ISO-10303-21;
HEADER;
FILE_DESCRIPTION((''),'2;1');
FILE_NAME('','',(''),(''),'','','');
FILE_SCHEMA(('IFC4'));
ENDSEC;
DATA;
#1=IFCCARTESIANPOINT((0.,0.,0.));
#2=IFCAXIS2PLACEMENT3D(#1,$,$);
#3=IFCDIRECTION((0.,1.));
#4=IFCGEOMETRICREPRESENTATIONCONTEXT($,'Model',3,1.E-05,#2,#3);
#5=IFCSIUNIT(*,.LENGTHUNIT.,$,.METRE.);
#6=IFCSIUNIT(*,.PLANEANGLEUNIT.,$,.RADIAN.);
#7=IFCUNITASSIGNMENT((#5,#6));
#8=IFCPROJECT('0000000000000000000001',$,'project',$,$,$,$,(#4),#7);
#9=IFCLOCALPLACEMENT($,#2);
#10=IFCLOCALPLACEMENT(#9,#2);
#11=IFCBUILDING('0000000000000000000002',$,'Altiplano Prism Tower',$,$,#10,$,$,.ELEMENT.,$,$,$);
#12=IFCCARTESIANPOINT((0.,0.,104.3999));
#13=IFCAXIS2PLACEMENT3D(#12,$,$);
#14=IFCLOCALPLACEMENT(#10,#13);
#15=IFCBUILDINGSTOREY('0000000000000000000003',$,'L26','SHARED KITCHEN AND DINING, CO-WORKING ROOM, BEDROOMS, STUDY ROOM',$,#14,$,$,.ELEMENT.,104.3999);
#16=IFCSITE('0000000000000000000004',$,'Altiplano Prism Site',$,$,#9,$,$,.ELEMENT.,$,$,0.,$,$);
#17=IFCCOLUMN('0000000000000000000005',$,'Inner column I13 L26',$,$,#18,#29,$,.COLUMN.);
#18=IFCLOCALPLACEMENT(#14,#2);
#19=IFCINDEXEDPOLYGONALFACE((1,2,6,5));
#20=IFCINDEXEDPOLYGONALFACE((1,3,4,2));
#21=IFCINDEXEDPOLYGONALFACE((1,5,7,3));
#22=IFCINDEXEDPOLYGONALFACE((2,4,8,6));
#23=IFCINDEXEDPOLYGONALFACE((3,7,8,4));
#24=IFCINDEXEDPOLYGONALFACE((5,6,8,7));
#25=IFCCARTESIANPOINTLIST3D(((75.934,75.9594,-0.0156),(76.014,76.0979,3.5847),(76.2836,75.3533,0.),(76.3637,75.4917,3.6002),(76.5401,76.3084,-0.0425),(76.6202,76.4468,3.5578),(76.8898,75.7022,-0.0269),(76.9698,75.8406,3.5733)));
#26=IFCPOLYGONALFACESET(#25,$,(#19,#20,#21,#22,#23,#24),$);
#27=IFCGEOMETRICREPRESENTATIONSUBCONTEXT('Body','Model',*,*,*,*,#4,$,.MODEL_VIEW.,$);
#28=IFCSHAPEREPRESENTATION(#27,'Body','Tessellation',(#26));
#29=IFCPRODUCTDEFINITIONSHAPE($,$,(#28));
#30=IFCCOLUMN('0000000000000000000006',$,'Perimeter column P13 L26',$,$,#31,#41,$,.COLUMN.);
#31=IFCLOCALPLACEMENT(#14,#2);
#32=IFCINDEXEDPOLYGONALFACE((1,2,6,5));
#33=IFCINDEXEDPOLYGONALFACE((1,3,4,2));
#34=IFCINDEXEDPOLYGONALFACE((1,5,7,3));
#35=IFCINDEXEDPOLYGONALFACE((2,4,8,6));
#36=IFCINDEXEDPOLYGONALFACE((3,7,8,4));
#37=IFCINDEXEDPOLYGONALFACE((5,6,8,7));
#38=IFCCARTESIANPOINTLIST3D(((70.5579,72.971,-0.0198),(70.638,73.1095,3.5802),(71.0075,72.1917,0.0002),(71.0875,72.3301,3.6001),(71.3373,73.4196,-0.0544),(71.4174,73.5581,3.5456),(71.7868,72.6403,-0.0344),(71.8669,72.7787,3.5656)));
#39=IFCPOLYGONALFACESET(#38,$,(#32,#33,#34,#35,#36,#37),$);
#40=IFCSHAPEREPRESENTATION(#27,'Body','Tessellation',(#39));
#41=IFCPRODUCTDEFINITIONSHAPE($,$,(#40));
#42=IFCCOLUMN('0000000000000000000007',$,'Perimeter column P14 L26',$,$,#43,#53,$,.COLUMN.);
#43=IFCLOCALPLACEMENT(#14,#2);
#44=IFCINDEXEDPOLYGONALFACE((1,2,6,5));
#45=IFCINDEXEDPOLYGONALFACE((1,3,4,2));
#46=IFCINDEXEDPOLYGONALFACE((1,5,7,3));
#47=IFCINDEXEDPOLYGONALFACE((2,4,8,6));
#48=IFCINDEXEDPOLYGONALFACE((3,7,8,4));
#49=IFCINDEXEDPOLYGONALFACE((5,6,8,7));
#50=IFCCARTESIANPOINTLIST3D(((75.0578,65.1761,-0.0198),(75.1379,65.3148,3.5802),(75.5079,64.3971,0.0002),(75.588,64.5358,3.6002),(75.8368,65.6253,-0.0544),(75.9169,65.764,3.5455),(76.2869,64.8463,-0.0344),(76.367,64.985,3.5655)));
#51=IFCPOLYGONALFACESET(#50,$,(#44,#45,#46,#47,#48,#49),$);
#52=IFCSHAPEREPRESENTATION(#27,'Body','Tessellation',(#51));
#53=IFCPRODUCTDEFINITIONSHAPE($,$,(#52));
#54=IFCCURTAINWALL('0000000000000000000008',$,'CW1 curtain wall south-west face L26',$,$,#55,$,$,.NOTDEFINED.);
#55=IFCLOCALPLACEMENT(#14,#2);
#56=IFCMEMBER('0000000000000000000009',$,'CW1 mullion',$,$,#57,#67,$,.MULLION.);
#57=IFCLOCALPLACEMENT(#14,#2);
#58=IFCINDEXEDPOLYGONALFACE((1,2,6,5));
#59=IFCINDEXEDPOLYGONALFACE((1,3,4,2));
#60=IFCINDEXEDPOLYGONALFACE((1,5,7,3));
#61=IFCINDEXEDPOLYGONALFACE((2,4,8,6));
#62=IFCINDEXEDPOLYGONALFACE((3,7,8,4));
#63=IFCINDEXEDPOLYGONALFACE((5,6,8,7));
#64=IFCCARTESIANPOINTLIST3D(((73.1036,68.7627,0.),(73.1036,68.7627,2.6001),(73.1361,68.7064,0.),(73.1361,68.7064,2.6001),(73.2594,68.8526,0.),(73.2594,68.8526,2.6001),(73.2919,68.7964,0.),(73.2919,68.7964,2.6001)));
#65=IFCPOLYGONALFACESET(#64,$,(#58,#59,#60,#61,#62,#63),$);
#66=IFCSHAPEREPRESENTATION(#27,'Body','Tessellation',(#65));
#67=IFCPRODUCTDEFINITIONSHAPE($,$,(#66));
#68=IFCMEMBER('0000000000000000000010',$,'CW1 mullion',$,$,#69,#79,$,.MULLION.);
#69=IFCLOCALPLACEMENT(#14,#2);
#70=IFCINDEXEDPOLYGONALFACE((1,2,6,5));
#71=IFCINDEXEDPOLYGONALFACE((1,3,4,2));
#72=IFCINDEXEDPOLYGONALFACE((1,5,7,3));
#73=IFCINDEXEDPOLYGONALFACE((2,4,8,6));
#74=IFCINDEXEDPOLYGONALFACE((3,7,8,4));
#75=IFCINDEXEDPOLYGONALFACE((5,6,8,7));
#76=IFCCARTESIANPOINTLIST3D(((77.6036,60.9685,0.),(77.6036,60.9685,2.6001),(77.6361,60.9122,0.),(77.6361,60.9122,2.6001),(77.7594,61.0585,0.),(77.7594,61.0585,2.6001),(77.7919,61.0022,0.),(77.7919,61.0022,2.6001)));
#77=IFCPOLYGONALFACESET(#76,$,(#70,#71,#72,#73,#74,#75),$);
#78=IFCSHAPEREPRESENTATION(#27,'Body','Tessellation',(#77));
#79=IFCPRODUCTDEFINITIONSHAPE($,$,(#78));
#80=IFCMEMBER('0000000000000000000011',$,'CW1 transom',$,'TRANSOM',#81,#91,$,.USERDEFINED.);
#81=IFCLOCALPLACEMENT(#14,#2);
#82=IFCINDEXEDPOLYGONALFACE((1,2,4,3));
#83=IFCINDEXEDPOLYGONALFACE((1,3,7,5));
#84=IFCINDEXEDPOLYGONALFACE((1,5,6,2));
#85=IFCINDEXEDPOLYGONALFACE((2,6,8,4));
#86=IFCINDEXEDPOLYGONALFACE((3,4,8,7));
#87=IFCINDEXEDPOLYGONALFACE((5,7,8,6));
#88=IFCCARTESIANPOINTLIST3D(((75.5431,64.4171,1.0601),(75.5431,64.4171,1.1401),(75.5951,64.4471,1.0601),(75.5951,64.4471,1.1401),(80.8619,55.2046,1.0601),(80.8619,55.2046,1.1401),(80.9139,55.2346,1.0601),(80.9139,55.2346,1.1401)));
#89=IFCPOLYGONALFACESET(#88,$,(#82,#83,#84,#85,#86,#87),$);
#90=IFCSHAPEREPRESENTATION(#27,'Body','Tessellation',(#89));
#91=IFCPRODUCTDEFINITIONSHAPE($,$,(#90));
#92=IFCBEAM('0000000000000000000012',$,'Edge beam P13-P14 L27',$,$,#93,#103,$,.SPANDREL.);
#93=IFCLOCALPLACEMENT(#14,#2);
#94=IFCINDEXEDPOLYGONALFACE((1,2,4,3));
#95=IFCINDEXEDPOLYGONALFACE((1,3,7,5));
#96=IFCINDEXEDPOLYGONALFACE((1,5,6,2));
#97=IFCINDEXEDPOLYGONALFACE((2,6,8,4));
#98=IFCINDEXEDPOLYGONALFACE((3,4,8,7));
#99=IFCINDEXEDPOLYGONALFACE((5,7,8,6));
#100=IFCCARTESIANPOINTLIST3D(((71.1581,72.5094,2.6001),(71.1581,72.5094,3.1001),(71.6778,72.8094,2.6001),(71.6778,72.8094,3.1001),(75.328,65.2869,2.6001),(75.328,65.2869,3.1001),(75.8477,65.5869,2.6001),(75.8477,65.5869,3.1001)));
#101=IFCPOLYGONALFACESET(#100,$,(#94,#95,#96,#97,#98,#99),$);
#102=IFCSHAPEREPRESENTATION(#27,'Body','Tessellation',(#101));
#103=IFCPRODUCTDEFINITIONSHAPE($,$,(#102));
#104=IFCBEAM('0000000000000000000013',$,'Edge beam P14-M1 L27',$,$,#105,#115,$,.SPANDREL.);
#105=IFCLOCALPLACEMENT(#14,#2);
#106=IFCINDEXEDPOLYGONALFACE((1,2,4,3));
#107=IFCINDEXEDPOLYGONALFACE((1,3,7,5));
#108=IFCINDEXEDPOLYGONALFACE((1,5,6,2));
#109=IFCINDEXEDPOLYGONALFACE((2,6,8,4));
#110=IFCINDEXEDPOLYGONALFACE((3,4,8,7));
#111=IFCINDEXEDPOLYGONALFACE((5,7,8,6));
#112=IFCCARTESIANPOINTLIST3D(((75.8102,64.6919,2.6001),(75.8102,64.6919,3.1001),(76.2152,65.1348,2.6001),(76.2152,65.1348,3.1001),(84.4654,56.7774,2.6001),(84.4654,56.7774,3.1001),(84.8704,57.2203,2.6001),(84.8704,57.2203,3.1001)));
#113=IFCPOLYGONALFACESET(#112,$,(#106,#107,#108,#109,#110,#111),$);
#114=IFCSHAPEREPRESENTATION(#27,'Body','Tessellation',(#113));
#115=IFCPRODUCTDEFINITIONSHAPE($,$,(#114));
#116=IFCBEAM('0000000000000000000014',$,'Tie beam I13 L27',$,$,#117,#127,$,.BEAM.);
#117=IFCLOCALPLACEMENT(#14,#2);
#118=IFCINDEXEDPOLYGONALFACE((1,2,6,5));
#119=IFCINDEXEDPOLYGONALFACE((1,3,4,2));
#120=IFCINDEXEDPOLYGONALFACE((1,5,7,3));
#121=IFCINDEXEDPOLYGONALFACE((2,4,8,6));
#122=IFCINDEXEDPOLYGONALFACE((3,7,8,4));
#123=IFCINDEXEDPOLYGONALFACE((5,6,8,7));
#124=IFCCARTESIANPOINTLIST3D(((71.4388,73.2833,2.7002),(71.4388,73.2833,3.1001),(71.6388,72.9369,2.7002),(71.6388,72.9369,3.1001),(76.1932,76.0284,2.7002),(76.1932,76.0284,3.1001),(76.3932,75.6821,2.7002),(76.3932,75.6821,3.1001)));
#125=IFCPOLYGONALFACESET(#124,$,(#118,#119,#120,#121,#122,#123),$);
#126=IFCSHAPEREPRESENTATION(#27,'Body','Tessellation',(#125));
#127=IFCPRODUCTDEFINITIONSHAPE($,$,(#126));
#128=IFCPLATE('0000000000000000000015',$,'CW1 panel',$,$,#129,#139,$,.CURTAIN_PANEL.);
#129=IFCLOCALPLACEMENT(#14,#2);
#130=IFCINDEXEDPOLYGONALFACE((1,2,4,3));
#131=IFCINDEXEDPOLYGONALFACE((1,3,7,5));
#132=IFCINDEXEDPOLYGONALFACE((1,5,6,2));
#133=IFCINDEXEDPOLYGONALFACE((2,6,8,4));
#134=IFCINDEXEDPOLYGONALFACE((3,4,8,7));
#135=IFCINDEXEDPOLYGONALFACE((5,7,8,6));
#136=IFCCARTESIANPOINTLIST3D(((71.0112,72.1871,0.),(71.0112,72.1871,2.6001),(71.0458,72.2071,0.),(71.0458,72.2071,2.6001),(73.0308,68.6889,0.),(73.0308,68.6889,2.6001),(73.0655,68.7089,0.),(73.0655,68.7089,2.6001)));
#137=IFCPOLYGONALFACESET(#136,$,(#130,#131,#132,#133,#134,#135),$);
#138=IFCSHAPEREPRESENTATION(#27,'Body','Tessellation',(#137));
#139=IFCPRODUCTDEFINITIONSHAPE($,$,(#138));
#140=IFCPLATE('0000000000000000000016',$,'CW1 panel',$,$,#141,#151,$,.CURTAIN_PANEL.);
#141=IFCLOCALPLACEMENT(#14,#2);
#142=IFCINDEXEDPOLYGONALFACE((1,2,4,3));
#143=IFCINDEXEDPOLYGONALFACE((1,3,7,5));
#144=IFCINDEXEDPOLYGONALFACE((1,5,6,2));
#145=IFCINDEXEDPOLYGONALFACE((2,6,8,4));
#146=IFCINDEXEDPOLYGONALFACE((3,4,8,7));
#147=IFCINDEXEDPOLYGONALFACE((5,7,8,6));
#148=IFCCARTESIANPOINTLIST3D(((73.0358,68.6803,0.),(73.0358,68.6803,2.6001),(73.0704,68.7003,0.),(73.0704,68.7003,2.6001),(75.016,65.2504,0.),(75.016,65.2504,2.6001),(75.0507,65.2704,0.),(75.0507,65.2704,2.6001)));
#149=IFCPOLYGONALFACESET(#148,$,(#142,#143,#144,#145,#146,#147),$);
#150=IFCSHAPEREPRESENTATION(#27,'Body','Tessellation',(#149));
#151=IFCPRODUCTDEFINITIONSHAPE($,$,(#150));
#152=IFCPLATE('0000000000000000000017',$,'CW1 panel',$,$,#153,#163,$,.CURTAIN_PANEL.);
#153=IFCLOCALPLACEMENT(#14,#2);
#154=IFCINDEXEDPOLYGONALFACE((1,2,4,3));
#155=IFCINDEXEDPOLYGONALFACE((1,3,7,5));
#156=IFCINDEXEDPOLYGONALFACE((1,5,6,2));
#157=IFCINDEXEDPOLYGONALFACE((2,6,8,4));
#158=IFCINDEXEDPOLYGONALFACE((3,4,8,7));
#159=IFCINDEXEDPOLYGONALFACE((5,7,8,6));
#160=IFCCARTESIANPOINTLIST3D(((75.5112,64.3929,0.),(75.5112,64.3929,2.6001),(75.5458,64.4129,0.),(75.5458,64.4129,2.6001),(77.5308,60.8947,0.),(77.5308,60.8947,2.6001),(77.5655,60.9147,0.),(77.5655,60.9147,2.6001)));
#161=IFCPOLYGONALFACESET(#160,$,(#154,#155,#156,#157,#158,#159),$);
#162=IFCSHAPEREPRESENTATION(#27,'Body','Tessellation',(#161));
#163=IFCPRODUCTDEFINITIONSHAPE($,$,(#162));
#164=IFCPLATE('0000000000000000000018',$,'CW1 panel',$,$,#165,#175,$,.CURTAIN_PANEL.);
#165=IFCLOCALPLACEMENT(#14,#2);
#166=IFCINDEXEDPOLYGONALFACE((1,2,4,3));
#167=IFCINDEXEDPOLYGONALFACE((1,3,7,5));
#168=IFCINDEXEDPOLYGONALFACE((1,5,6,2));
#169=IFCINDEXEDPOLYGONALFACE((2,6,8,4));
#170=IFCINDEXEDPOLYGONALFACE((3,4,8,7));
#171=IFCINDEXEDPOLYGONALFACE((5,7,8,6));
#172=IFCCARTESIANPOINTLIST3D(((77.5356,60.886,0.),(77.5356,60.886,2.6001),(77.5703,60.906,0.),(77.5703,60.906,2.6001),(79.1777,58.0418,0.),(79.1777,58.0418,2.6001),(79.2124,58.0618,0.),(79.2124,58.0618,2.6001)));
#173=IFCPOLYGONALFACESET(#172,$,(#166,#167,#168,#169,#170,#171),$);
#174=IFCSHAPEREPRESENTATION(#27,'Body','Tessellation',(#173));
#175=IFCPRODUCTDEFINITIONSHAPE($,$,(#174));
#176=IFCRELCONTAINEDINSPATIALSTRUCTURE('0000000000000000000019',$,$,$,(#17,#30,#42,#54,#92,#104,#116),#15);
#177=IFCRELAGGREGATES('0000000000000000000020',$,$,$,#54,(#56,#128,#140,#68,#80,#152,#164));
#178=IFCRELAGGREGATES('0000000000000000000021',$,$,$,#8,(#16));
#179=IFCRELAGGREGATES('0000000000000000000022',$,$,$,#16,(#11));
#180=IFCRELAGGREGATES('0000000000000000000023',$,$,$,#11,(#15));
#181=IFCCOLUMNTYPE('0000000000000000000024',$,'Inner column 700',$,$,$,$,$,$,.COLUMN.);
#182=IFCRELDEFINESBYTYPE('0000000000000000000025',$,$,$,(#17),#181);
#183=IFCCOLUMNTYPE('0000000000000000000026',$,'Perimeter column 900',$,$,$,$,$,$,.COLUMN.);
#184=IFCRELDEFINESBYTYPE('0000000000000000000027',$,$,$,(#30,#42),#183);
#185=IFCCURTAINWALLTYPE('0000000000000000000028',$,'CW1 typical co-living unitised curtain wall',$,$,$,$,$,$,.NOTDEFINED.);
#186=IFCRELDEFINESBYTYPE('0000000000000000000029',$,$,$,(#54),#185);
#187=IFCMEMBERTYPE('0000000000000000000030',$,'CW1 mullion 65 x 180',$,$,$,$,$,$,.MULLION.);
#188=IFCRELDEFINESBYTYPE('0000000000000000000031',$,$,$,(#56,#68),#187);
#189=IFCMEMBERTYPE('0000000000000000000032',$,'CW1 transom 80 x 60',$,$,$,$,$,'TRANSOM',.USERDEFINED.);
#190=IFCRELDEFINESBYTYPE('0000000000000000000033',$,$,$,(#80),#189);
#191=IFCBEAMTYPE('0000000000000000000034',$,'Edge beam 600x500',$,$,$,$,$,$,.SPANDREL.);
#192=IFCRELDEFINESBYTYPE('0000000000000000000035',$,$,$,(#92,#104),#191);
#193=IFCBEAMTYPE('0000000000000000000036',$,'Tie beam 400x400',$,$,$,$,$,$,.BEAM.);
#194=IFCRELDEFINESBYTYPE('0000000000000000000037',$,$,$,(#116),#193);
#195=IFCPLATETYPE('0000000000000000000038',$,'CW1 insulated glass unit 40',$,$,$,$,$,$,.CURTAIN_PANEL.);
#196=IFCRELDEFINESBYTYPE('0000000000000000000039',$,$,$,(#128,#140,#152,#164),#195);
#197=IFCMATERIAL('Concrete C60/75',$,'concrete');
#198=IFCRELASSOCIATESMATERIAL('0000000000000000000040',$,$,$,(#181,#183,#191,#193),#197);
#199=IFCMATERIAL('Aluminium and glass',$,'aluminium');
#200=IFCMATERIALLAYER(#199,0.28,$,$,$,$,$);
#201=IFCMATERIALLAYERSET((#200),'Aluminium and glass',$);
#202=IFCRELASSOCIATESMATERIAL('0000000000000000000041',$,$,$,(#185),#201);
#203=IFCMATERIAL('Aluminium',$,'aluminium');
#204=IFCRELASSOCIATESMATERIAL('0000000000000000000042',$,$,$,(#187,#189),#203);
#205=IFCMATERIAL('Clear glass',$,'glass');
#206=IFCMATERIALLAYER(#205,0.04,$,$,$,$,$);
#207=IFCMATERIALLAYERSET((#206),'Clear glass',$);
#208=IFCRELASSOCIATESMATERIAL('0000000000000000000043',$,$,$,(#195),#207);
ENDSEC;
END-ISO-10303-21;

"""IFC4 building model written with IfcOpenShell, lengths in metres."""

from ifc_helpers import new_model, si_unit, direction, frame, origin, origin_2d, place, context, subcontext, project, spatial, rectangle, extrude, material, layer, layer_set, material_profile, profile_set, type_object, element, aggregate, save


model = new_model("IFC4")

# Units and contexts
model_context = context("Model", 3, precision=1e-05, world=origin(), true_north=direction((0.0, 1.0)))
body_context = subcontext(model_context, "Body", "Model", "MODEL_VIEW")
ifc_project = project(units=[si_unit("LENGTHUNIT", "METRE"), si_unit("PLANEANGLEUNIT", "RADIAN")], contexts=[model_context])

# Site, building, storey
site_placement = place(None, origin())
site = spatial("IfcSite", under=ifc_project, at=site_placement, Name="Altiplano Prism Site", CompositionType="ELEMENT", RefElevation=0.0)
building_placement = place(site_placement, origin())
building = spatial("IfcBuilding", under=site, at=building_placement, Name="Altiplano Prism Tower", CompositionType="ELEMENT")
storey_placement = place(building_placement, frame((0.0, 0.0, 104.3999)))
storey = spatial("IfcBuildingStorey", under=building, at=storey_placement, Name="L26", Description="SHARED KITCHEN AND DINING, CO-WORKING ROOM, BEDROOMS, STUDY ROOM", CompositionType="ELEMENT", Elevation=104.3999)

# Columns
ifc_material_1 = material(Name="Concrete C60/75", Category="concrete")
ifc_material_profile_1 = material_profile(ifc_material_1, rectangle(XDim=0.7, YDim=0.7, at=origin_2d()), Name="Inner column 700")
ifc_profile_set_1 = profile_set([ifc_material_profile_1], Name="Concrete C60/75")
column_type_1 = type_object("IfcColumnType", Name="Inner column 700", PredefinedType="COLUMN", material=ifc_profile_set_1)
column_placement = place(storey_placement, frame((76.4119, 75.8308, -0.0212), z_axis=(0.022221, 0.038413, 0.999015), x_axis=(-0.866021, -0.498528, 0.038432)))
element("IfcColumn", 1, at=column_placement, inside=storey, type_object=column_type_1, Name="Inner column I13 L26", PredefinedType="COLUMN", context=body_context, shape_type="SweptSolid", body=[
    extrude(rectangle(XDim=0.7, YDim=0.7, at=origin_2d()), origin(), (0.0, 0.0, 1.0), 3.6038),
])
ifc_material_profile_2 = material_profile(ifc_material_1, rectangle(XDim=0.8999, YDim=0.8999, at=origin_2d()), Name="Perimeter column 900")
ifc_profile_set_2 = profile_set([ifc_material_profile_2], Name="Concrete C60/75")
column_type_2 = type_object("IfcColumnType", Name="Perimeter column 900", PredefinedType="COLUMN", material=ifc_profile_set_2)
for number, where, z_axis, x_axis, name in (
    (2, (71.1724, 72.8057, -0.0271), (0.022223, 0.038416, 0.999015), (-0.866021, -0.498528, 0.038435), "Perimeter column P13 L26"),
    (3, (75.6724, 65.0112, -0.0271), (0.022223, 0.038483, 0.999012), (-0.865639, -0.499187, 0.038485), "Perimeter column P14 L26"),
):
    element("IfcColumn", number, at=place(storey_placement, frame(where, z_axis=z_axis, x_axis=x_axis)), inside=storey, type_object=column_type_2, Name=name, PredefinedType="COLUMN", context=body_context, shape_type="SweptSolid", body=[
        extrude(rectangle(XDim=0.8999, YDim=0.8999, at=origin_2d()), origin(), (0.0, 0.0, 1.0), 3.6035),
    ])

# Curtain wall, members
ifc_material_2 = material(Name="Aluminium and glass", Category="aluminium")
ifc_layer_1 = layer(ifc_material_2, 0.28)
ifc_layer_set_1 = layer_set([ifc_layer_1], Name="Aluminium and glass")
curtain_wall_type = type_object("IfcCurtainWallType", Name="CW1 typical co-living unitised curtain wall", PredefinedType="NOTDEFINED", material=ifc_layer_set_1)
curtain_wall_placement = place(storey_placement, origin())
curtain_wall = element("IfcCurtainWall", 4, at=curtain_wall_placement, inside=storey, type_object=curtain_wall_type, Name="CW1 curtain wall south-west face L26", PredefinedType="NOTDEFINED")
ifc_material_3 = material(Name="Aluminium", Category="aluminium")
ifc_material_profile_3 = material_profile(ifc_material_3, rectangle(XDim=0.1799, YDim=0.0649, at=origin_2d()), Name="CW1 mullion 65 x 180")
ifc_profile_set_3 = profile_set([ifc_material_profile_3], Name="Aluminium")
member_type_1 = type_object("IfcMemberType", Name="CW1 mullion 65 x 180", PredefinedType="MULLION", material=ifc_profile_set_3)
member_1_placement = place(storey_placement, frame((73.1978, 68.7795, 0.0), z_axis=(0.0, 0.0, 1.0), x_axis=(0.866025, 0.5, 0.0)))
member_1 = element("IfcMember", 5, at=member_1_placement, type_object=member_type_1, Name="CW1 mullion", PredefinedType="MULLION", context=body_context, shape_type="SweptSolid", body=[
    extrude(rectangle(XDim=0.1799, YDim=0.0649, at=origin_2d()), origin(), (0.0, 0.0, 1.0), 2.6001),
])
member_2_placement = place(storey_placement, frame((77.6978, 60.9854, 0.0), z_axis=(0.0, 0.0, 1.0), x_axis=(0.866025, 0.5, 0.0)))
member_2 = element("IfcMember", 6, at=member_2_placement, type_object=member_type_1, Name="CW1 mullion", PredefinedType="MULLION", context=body_context, shape_type="SweptSolid", body=[
    extrude(rectangle(XDim=0.1799, YDim=0.0649, at=origin_2d()), origin(), (0.0, 0.0, 1.0), 2.6001),
])
ifc_material_profile_4 = material_profile(ifc_material_3, rectangle(XDim=0.0601, YDim=0.0801, at=origin_2d()), Name="CW1 transom 80 x 60")
ifc_profile_set_4 = profile_set([ifc_material_profile_4], Name="Aluminium")
member_type_2 = type_object("IfcMemberType", Name="CW1 transom 80 x 60", ElementType="TRANSOM", PredefinedType="USERDEFINED", material=ifc_profile_set_4)
member_3_placement = place(storey_placement, frame((75.5691, 64.4321, 1.1001), z_axis=(0.499995, -0.866029, 0.0), x_axis=(0.866029, 0.499995, 0.0)))
member_3 = element("IfcMember", 7, at=member_3_placement, type_object=member_type_2, Name="CW1 transom", ObjectType="TRANSOM", PredefinedType="USERDEFINED", context=body_context, shape_type="SweptSolid", body=[
    extrude(rectangle(XDim=0.0601, YDim=0.0801, at=origin_2d()), origin(), (0.0, 0.0, 1.0), 10.6377),
])

# Beams
ifc_material_profile_5 = material_profile(ifc_material_1, rectangle(XDim=0.6001, YDim=0.5, at=origin_2d()), Name="Edge beam 600x500")
ifc_profile_set_5 = profile_set([ifc_material_profile_5], Name="Concrete C60/75")
beam_type_1 = type_object("IfcBeamType", Name="Edge beam 600x500", PredefinedType="SPANDREL", material=ifc_profile_set_5)
beam_1_placement = place(storey_placement, frame((71.418, 72.6594, 2.8501), z_axis=(0.499993, -0.86603, 0.0), x_axis=(0.86603, 0.499993, 0.0)))
element("IfcBeam", 8, at=beam_1_placement, inside=storey, type_object=beam_type_1, Name="Edge beam P13-P14 L27", PredefinedType="SPANDREL", context=body_context, shape_type="SweptSolid", body=[
    extrude(rectangle(XDim=0.6001, YDim=0.5, at=origin_2d()), origin(), (0.0, 0.0, 1.0), 8.3398),
])
beam_2_placement = place(storey_placement, frame((76.0127, 64.9133, 2.8501), z_axis=(0.73798, -0.674823, 0.0), x_axis=(0.674823, 0.73798, 0.0)))
element("IfcBeam", 9, at=beam_2_placement, inside=storey, type_object=beam_type_1, Name="Edge beam P14-M1 L27", PredefinedType="SPANDREL", context=body_context, shape_type="SweptSolid", body=[
    extrude(rectangle(XDim=0.6001, YDim=0.5, at=origin_2d()), origin(), (0.0, 0.0, 1.0), 11.7283),
])
ifc_material_profile_6 = material_profile(ifc_material_1, rectangle(XDim=0.3999, YDim=0.3999, at=origin_2d()), Name="Tie beam 400x400")
ifc_profile_set_6 = profile_set([ifc_material_profile_6], Name="Concrete C60/75")
beam_type_2 = type_object("IfcBeamType", Name="Tie beam 400x400", PredefinedType="BEAM", material=ifc_profile_set_6)
beam_3_placement = place(storey_placement, frame((76.2932, 75.8552, 2.9001), z_axis=(-0.866012, -0.500023, 0.0), x_axis=(0.500023, -0.866012, 0.0)))
element("IfcBeam", 10, at=beam_3_placement, inside=storey, type_object=beam_type_2, Name="Tie beam I13 L27", PredefinedType="BEAM", context=body_context, shape_type="SweptSolid", body=[
    extrude(rectangle(XDim=0.3999, YDim=0.3999, at=origin_2d()), origin(), (0.0, 0.0, 1.0), 5.49),
])

# Plates
ifc_material_4 = material(Name="Clear glass", Category="glass")
ifc_layer_2 = layer(ifc_material_4, 0.04)
ifc_layer_set_2 = layer_set([ifc_layer_2], Name="Clear glass")
plate_type = type_object("IfcPlateType", Name="CW1 insulated glass unit 40", PredefinedType="CURTAIN_PANEL", material=ifc_layer_set_2)
plate_1_placement = place(storey_placement, frame((72.0383, 70.448, 0.0), z_axis=(0.0, 0.0, 1.0), x_axis=(0.5, -0.866025, 0.0)))
plate_1 = element("IfcPlate", 11, at=plate_1_placement, type_object=plate_type, Name="CW1 panel", PredefinedType="CURTAIN_PANEL", context=body_context, shape_type="SweptSolid", body=[
    extrude(rectangle(XDim=4.0393, YDim=0.04, at=origin_2d()), origin(), (0.0, 0.0, 1.0), 2.6001),
])
plate_2_placement = place(storey_placement, frame((74.0432, 66.9753, 0.0), z_axis=(0.0, 0.0, 1.0), x_axis=(0.5, -0.866025, 0.0)))
plate_2 = element("IfcPlate", 12, at=plate_2_placement, type_object=plate_type, Name="CW1 panel", PredefinedType="CURTAIN_PANEL", context=body_context, shape_type="SweptSolid", body=[
    extrude(rectangle(XDim=3.9604, YDim=0.04, at=origin_2d()), origin(), (0.0, 0.0, 1.0), 2.6001),
])
plate_3_placement = place(storey_placement, frame((76.5383, 62.6538, 0.0), z_axis=(0.0, 0.0, 1.0), x_axis=(0.5, -0.866025, 0.0)))
plate_3 = element("IfcPlate", 13, at=plate_3_placement, type_object=plate_type, Name="CW1 panel", PredefinedType="CURTAIN_PANEL", context=body_context, shape_type="SweptSolid", body=[
    extrude(rectangle(XDim=4.0393, YDim=0.04, at=origin_2d()), origin(), (0.0, 0.0, 1.0), 2.6001),
])
plate_4_placement = place(storey_placement, frame((78.374, 59.4739, 0.0), z_axis=(0.0, 0.0, 1.0), x_axis=(0.5, -0.866025, 0.0)))
plate_4 = element("IfcPlate", 14, at=plate_4_placement, type_object=plate_type, Name="CW1 panel", PredefinedType="CURTAIN_PANEL", context=body_context, shape_type="SweptSolid", body=[
    extrude(rectangle(XDim=3.2842, YDim=0.04, at=origin_2d()), origin(), (0.0, 0.0, 1.0), 2.6001),
])
aggregate(curtain_wall, [member_1, plate_1, plate_2, member_2, member_3, plate_3, plate_4])

save(model, "model.ifc")
